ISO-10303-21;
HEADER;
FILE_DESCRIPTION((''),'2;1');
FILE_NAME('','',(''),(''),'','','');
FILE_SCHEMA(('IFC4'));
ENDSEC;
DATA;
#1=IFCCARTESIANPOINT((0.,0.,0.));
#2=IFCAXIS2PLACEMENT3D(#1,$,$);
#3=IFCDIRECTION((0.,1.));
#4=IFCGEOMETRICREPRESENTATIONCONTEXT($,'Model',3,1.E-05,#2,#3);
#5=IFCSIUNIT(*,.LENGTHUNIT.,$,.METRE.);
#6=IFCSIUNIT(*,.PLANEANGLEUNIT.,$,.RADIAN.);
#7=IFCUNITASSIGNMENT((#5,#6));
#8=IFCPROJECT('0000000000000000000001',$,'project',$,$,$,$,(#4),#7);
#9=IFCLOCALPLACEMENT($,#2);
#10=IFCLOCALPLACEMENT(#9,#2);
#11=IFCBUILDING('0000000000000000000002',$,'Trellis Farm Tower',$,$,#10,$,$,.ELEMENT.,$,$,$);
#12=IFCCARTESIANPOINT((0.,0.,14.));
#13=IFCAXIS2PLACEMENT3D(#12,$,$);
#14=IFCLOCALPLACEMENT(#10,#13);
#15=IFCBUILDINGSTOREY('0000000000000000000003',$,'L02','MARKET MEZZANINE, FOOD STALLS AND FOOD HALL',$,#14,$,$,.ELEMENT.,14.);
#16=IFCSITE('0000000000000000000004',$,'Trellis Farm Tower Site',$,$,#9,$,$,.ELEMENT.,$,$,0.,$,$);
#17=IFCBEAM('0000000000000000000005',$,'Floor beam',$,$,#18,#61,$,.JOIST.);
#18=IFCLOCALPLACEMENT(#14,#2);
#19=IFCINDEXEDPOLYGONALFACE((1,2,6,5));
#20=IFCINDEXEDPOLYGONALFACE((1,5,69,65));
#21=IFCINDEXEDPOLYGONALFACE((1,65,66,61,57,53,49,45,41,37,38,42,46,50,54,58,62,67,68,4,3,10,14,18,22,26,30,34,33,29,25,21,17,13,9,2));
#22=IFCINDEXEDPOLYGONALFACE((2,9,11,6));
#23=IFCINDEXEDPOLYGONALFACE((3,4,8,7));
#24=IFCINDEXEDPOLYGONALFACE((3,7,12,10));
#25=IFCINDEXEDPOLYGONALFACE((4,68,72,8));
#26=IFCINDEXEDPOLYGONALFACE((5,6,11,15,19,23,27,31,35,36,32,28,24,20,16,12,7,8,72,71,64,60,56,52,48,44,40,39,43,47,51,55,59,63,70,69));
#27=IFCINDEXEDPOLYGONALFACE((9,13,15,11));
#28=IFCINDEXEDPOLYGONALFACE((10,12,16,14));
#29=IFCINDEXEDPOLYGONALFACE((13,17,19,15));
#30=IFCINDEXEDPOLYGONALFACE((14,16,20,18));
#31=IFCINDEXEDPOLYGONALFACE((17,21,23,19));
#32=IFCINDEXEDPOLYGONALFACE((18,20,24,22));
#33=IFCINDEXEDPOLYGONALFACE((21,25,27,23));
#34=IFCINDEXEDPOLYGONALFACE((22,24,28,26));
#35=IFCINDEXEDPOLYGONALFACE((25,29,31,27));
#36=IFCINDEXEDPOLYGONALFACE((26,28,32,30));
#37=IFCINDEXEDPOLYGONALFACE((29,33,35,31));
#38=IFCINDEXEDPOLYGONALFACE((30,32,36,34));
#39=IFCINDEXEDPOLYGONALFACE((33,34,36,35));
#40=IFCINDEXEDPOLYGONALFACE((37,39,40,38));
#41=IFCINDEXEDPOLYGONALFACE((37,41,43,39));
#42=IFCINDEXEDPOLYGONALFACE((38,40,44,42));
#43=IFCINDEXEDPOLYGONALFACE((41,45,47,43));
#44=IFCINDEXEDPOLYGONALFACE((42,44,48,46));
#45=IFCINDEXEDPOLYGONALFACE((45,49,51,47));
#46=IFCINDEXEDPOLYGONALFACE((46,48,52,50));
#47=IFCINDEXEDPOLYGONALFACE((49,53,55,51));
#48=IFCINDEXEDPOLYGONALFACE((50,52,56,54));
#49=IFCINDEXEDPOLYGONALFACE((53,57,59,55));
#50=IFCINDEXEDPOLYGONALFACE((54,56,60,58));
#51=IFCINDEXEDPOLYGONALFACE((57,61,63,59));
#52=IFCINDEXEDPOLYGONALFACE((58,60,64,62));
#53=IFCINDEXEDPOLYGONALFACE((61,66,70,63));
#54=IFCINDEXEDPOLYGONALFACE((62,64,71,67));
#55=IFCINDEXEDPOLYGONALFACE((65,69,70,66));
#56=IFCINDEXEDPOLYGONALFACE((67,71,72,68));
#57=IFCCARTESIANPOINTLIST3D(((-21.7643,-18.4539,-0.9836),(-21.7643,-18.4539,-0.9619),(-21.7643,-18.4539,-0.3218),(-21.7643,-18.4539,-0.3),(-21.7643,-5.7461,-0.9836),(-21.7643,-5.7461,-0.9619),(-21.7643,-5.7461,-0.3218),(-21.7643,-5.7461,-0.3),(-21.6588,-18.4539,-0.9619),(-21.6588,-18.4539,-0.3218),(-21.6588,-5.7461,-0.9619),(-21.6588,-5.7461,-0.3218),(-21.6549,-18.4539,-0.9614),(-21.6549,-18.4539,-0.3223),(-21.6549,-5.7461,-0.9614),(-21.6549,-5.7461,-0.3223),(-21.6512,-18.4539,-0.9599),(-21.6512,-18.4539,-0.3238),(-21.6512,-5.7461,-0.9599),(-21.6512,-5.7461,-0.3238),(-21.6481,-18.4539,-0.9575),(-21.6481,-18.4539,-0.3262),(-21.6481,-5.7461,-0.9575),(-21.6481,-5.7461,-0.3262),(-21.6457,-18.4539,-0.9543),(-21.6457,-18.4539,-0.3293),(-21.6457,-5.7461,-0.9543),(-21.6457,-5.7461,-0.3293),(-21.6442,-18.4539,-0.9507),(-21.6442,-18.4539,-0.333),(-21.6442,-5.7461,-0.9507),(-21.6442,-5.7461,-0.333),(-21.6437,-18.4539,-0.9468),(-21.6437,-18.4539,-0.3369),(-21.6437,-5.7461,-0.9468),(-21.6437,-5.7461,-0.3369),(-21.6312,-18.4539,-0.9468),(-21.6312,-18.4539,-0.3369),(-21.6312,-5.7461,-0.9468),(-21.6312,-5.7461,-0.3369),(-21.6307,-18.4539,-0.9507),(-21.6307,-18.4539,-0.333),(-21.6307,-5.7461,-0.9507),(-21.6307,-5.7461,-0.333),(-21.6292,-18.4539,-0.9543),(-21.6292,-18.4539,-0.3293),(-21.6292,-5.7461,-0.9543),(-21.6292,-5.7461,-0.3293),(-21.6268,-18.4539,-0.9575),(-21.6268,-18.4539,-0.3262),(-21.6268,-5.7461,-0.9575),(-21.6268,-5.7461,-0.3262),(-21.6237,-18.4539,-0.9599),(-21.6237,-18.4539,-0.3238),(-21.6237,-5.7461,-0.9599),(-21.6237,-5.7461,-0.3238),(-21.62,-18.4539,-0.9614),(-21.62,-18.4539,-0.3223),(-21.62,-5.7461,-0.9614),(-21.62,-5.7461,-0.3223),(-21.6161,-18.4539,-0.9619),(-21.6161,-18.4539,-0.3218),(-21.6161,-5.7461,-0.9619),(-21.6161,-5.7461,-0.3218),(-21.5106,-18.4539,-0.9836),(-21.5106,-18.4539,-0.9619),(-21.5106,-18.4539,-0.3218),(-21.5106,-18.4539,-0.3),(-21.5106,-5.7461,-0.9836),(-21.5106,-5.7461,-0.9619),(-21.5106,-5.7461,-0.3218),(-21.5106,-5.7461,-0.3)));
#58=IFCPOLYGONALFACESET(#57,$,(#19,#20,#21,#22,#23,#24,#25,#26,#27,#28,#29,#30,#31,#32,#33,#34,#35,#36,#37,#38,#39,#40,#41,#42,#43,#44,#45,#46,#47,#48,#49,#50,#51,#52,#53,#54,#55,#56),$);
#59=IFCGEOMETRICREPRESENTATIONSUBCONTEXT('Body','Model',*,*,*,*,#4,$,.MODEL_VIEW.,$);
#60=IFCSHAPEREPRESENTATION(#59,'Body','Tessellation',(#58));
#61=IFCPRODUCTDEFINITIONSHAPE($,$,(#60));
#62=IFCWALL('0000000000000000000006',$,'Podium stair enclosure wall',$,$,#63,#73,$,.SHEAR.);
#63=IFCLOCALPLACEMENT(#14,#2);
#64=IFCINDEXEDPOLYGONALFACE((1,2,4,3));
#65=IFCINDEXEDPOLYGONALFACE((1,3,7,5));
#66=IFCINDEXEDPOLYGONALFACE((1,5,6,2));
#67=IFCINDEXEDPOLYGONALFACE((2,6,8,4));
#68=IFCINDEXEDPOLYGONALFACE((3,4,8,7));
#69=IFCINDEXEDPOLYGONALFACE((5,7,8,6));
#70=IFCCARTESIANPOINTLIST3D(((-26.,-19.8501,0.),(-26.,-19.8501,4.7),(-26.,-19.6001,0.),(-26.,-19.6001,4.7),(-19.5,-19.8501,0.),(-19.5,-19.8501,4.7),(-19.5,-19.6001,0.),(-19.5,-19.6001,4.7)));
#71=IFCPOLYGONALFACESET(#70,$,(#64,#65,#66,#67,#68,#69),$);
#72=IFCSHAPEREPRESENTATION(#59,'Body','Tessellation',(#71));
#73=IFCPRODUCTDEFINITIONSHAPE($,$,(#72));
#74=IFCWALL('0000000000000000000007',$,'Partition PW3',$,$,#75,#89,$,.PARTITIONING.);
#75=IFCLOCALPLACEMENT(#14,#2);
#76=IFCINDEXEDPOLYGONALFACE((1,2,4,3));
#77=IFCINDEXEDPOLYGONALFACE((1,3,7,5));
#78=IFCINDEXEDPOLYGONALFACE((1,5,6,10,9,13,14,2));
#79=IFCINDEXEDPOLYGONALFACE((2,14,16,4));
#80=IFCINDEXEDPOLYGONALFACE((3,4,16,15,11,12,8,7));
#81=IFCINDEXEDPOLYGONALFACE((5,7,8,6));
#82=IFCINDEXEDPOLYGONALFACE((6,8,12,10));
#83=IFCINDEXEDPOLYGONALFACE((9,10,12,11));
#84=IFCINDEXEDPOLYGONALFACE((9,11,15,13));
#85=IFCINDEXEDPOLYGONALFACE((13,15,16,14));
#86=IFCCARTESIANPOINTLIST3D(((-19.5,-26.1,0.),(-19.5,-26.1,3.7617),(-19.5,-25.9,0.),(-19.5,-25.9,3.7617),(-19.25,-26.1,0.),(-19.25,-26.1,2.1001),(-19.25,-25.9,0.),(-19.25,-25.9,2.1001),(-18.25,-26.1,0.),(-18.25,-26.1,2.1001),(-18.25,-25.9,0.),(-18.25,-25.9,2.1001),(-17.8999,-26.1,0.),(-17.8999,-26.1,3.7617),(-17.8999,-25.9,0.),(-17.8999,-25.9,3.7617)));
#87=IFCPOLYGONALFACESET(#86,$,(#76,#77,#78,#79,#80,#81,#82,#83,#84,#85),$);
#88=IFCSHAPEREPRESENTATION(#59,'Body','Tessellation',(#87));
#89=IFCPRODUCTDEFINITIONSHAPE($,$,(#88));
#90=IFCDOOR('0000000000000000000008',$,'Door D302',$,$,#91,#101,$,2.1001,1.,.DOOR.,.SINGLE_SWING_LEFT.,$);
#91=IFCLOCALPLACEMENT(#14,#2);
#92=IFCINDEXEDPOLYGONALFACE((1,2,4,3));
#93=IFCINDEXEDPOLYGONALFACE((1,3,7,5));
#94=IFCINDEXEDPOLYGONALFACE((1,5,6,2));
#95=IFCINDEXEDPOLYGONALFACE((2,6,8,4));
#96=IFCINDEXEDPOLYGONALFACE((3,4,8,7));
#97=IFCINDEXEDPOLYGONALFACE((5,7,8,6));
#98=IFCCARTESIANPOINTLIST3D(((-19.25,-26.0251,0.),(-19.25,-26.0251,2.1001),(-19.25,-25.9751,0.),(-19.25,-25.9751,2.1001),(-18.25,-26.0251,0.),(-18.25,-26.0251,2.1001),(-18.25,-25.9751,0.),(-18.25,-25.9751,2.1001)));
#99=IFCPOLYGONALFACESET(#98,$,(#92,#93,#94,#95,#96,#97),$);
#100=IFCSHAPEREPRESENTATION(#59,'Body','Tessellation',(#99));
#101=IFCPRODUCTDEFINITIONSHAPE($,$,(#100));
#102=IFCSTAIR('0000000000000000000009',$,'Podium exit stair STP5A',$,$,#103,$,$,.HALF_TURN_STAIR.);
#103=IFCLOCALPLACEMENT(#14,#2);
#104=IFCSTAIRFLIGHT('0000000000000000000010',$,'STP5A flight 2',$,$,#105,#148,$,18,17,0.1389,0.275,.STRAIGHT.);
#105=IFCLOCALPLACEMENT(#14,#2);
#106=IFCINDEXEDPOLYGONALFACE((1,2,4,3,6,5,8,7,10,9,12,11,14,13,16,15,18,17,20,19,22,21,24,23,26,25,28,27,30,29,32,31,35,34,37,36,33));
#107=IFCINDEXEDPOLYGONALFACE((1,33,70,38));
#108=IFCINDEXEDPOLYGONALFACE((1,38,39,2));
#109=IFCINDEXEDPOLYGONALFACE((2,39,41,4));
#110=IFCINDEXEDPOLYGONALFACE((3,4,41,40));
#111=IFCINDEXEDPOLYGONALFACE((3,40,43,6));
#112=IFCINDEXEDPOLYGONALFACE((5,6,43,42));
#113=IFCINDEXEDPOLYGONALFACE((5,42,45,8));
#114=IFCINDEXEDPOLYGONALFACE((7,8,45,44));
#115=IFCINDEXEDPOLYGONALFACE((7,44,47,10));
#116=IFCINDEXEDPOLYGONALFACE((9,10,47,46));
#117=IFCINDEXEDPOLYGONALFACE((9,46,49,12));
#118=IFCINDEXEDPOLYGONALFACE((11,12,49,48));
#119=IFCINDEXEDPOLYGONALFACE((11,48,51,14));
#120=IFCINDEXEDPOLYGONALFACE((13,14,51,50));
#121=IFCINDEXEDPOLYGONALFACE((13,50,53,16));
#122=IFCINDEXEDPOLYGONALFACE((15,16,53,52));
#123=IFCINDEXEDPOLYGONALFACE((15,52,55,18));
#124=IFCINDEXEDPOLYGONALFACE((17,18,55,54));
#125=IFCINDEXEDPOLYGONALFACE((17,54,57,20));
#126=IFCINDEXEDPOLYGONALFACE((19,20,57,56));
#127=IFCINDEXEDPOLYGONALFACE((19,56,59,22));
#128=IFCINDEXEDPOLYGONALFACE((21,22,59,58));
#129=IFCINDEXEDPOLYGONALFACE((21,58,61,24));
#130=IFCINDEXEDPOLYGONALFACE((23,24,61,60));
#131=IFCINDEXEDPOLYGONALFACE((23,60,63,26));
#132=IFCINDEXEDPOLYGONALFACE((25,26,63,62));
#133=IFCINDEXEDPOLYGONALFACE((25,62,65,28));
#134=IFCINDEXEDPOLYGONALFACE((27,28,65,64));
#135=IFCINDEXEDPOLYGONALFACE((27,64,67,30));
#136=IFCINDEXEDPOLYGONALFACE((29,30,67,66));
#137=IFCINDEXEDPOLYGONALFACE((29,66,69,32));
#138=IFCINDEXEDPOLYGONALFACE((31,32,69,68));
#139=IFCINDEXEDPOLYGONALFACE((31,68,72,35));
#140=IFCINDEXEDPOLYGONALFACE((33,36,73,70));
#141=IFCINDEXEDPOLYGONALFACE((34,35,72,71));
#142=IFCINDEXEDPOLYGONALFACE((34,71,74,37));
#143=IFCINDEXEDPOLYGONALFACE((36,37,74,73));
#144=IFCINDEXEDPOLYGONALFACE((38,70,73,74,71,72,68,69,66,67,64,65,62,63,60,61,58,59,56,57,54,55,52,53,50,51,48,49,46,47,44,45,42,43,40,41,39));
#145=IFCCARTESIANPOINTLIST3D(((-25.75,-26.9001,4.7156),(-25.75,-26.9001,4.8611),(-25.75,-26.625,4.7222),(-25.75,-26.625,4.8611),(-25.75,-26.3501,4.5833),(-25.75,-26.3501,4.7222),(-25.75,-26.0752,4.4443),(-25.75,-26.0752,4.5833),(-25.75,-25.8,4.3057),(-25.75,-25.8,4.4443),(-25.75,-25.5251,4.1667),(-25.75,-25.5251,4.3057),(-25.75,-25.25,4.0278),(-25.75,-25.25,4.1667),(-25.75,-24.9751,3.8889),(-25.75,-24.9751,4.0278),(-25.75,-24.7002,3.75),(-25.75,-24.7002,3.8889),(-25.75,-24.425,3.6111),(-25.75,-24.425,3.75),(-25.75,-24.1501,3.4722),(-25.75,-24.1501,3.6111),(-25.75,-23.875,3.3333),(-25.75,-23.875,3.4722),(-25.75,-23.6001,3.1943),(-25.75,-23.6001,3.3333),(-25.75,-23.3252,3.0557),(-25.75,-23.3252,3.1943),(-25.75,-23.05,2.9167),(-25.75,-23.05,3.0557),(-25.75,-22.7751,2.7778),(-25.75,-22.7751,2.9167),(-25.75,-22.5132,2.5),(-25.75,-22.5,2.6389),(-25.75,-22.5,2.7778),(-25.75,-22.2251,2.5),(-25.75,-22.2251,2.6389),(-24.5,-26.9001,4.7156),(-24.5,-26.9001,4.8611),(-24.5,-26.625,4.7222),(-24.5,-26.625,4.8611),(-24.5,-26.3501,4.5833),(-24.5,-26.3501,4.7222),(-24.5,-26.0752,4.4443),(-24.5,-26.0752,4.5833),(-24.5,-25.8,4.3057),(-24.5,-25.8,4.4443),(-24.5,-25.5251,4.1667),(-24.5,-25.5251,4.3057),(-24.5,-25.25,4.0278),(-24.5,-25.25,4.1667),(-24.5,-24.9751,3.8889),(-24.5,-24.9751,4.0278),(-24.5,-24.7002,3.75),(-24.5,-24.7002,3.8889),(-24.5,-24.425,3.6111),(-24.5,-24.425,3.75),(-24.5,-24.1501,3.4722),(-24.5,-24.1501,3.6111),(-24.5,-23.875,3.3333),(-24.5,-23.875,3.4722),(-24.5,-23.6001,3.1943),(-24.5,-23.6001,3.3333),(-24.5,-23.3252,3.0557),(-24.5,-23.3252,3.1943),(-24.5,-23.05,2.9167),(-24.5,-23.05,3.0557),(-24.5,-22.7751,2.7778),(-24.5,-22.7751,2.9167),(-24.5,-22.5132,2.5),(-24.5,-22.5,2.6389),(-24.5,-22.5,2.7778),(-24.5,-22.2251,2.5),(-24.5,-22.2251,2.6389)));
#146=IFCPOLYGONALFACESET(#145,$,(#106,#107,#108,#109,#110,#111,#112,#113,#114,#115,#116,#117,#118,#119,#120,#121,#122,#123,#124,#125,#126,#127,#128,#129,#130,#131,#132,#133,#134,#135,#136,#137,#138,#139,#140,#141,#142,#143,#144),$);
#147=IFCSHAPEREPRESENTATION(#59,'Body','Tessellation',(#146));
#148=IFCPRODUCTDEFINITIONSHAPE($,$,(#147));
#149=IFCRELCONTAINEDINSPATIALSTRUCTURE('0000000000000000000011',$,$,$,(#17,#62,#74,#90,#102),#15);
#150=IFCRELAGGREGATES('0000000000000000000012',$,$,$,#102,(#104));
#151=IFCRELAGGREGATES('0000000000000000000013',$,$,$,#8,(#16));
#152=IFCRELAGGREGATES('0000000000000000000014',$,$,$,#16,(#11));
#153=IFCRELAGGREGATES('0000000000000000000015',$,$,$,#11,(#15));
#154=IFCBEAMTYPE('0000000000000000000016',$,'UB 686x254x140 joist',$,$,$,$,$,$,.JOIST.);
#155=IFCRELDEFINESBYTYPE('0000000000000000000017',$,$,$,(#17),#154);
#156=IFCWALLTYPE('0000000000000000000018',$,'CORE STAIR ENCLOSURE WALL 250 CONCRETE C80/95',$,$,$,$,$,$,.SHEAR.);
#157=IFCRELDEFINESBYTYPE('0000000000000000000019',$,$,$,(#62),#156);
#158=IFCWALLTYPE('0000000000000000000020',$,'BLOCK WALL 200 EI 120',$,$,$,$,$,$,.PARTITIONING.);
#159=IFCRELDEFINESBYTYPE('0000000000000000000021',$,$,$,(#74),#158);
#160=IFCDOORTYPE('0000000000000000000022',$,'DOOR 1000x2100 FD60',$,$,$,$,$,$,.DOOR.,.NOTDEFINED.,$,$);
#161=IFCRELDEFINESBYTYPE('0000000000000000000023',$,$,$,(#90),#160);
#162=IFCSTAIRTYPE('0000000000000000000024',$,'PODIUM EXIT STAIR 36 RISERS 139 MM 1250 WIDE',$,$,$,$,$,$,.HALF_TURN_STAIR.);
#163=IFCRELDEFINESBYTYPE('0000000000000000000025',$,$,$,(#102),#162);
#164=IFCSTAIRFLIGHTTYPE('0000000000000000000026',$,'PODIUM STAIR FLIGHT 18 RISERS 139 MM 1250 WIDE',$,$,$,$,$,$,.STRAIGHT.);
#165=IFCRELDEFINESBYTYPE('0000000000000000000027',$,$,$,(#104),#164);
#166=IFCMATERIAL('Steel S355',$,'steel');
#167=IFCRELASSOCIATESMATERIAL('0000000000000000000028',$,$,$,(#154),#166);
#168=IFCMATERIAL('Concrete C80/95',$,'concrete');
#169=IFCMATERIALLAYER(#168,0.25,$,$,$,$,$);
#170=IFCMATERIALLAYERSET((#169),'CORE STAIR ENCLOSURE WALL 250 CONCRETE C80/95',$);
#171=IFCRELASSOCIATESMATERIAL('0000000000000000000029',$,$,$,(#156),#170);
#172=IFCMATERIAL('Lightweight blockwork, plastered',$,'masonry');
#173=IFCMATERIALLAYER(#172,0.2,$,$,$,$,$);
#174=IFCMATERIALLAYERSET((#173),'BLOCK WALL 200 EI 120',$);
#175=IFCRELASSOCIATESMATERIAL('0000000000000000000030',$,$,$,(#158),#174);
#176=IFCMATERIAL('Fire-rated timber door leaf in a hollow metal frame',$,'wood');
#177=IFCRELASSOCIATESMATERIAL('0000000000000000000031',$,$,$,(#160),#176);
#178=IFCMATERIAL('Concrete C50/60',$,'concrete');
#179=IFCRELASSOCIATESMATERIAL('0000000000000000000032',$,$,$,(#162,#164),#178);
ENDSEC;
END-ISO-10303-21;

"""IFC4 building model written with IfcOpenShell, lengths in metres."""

from ifc_helpers import new_model, si_unit, direction, frame, frame_2d, origin, origin_2d, place, context, subcontext, project, spatial, polyline, rectangle, i_section, outline, extrude, source, transform, mapped, material, layer, layer_set, material_profile, profile_set, type_object, element, fill, aggregate, save


model = new_model("IFC4")

# Units and contexts
model_context = context("Model", 3, precision=1e-05, world=origin(), true_north=direction((0.0, 1.0)))
body_context = subcontext(model_context, "Body", "Model", "MODEL_VIEW")
ifc_project = project(units=[si_unit("LENGTHUNIT", "METRE"), si_unit("PLANEANGLEUNIT", "RADIAN")], contexts=[model_context])

# Site, building, storey
site_placement = place(None, origin())
site = spatial("IfcSite", under=ifc_project, at=site_placement, Name="Trellis Farm Tower Site", CompositionType="ELEMENT", RefElevation=0.0)
building_placement = place(site_placement, origin())
building = spatial("IfcBuilding", under=site, at=building_placement, Name="Trellis Farm Tower", CompositionType="ELEMENT")
storey_placement = place(building_placement, frame((0.0, 0.0, 14.0)))
storey = spatial("IfcBuildingStorey", under=building, at=storey_placement, Name="L02", Description="MARKET MEZZANINE, FOOD STALLS AND FOOD HALL", CompositionType="ELEMENT", Elevation=14.0)

# Beam
ifc_material_1 = material(Name="Steel S355", Category="steel")
ifc_material_profile_1 = material_profile(ifc_material_1, i_section(OverallWidth=0.2537, OverallDepth=0.6836, WebThickness=0.0125, FlangeThickness=0.0217, FilletRadius=0.0151, at=origin_2d()), Name="UB 686x254x140")
ifc_profile_set_1 = profile_set([ifc_material_profile_1], Name="Steel S355")
beam_type_1 = type_object("IfcBeamType", Name="UB 686x254x140 joist", PredefinedType="JOIST", material=ifc_profile_set_1)
shared_shape_1 = source(origin(), body_context, "Body", "SweptSolid", [
    extrude(i_section(OverallWidth=0.2537, OverallDepth=0.6836, WebThickness=0.0125, FlangeThickness=0.0217, FilletRadius=0.0151, at=origin_2d()), origin(), (0.0, 0.0, 1.0), 12.7078),
])
for number, where, z_axis, x_axis, name in (
    (1, (-21.6375, -18.4539, -0.6418), (0.0, 1.0, 0.0), (-1.0, 0.0, 0.0), "Floor beam"),
):
    element("IfcBeam", number, at=place(storey_placement, frame(where, z_axis=z_axis, x_axis=x_axis)), inside=storey, type_object=beam_type_1, Name=name, PredefinedType="JOIST", context=body_context, shape_type="MappedRepresentation", body=[
        mapped(shared_shape_1, transform((0.0, 0.0, 0.0))),
    ])

# Wall
ifc_material_2 = material(Name="Concrete C80/95", Category="concrete")
ifc_layer_1 = layer(ifc_material_2, 0.25)
ifc_layer_set_1 = layer_set([ifc_layer_1], Name="CORE STAIR ENCLOSURE WALL 250 CONCRETE C80/95")
wall_type_1 = type_object("IfcWallType", Name="CORE STAIR ENCLOSURE WALL 250 CONCRETE C80/95", PredefinedType="SHEAR", material=ifc_layer_set_1)
shared_shape_2 = source(origin(), body_context, "Body", "SweptSolid", [
    extrude(rectangle(XDim=6.5, YDim=0.25, at=frame_2d((3.25, 0.0))), origin(), (0.0, 0.0, 1.0), 4.7),
])
wall_1_placement = place(storey_placement, frame((-26.0, -19.7251, 0.0), z_axis=(0.0, 0.0, 1.0), x_axis=(1.0, 0.0, 0.0)))
element("IfcWall", 2, at=wall_1_placement, inside=storey, type_object=wall_type_1, Name="Podium stair enclosure wall", PredefinedType="SHEAR", context=body_context, shape_type="MappedRepresentation", body=[
    mapped(shared_shape_2, transform((0.0, 0.0, 0.0))),
])

# Wall, opening, door
ifc_material_3 = material(Name="Lightweight blockwork, plastered", Category="masonry")
ifc_layer_2 = layer(ifc_material_3, 0.2)
ifc_layer_set_2 = layer_set([ifc_layer_2], Name="BLOCK WALL 200 EI 120")
wall_type_2 = type_object("IfcWallType", Name="BLOCK WALL 200 EI 120", PredefinedType="PARTITIONING", material=ifc_layer_set_2)
shared_shape_3 = source(origin(), body_context, "Body", "SweptSolid", [
    extrude(rectangle(XDim=1.6001, YDim=0.2, at=frame_2d((0.8, 0.0))), origin(), (0.0, 0.0, 1.0), 3.7617),
])
wall_2_placement = place(storey_placement, frame((-19.5, -26.0, 0.0), z_axis=(0.0, 0.0, 1.0), x_axis=(1.0, 0.0, 0.0)))
wall_2 = element("IfcWall", 3, at=wall_2_placement, inside=storey, type_object=wall_type_2, Name="Partition PW3", PredefinedType="PARTITIONING", context=body_context, shape_type="MappedRepresentation", body=[
    mapped(shared_shape_3, transform((0.0, 0.0, 0.0))),
])
shared_shape_4 = source(origin(), body_context, "Body", "SweptSolid", [
    extrude(rectangle(XDim=1.0, YDim=2.1001, at=frame_2d((0.5, 1.05))), frame((0.0, 0.1101, 0.0), z_axis=(0.0, -1.0, 0.0), x_axis=(1.0, 0.0, 0.0)), (0.0, 0.0, 1.0), 0.2202),
])
opening_placement = place(wall_2_placement, frame((0.25, 0.0, 0.0)))
opening = element("IfcOpeningElement", 4, at=opening_placement, cuts=wall_2, PredefinedType="OPENING", context=body_context, shape_type="MappedRepresentation", body=[
    mapped(shared_shape_4, transform((0.0, 0.0, 0.0))),
])
ifc_material_4 = material(Name="Fire-rated timber door leaf in a hollow metal frame", Category="wood")
door_type = type_object("IfcDoorType", Name="DOOR 1000x2100 FD60", OperationType="NOTDEFINED", PredefinedType="DOOR", material=ifc_material_4)
shared_shape_5 = source(origin(), body_context, "Body", "SweptSolid", [
    extrude(rectangle(XDim=1.0, YDim=2.1001, at=frame_2d((0.5, 1.05))), frame((0.0, 0.0249, 0.0), z_axis=(0.0, -1.0, 0.0), x_axis=(1.0, 0.0, 0.0)), (0.0, 0.0, 1.0), 0.05),
])
door_placement = place(opening_placement, origin())
door = element("IfcDoor", 5, at=door_placement, inside=storey, type_object=door_type, Name="Door D302", OperationType="SINGLE_SWING_LEFT", OverallHeight=2.1001, OverallWidth=1.0, PredefinedType="DOOR", context=body_context, shape_type="MappedRepresentation", body=[
    mapped(shared_shape_5, transform((0.0, 0.0, 0.0))),
])
fill(opening, door)

# Stair, stair flight
ifc_material_5 = material(Name="Concrete C50/60", Category="concrete")
stair_type = type_object("IfcStairType", Name="PODIUM EXIT STAIR 36 RISERS 139 MM 1250 WIDE", PredefinedType="HALF_TURN_STAIR", material=ifc_material_5)
placement = place(storey_placement, origin())
stair_1 = element("IfcStair", 6, at=placement, inside=storey, type_object=stair_type, Name="Podium exit stair STP5A", PredefinedType="HALF_TURN_STAIR")
stair_flight_type = type_object("IfcStairFlightType", Name="PODIUM STAIR FLIGHT 18 RISERS 139 MM 1250 WIDE", PredefinedType="STRAIGHT", material=ifc_material_5)
shared_shape_6 = source(origin(), body_context, "Body", "SweptSolid", [
    extrude(outline(polyline([(0.0, 0.0), (0.0, 0.1389), (0.2749, 0.1389), (0.2749, 0.2778), (0.55, 0.2778), (0.55, 0.4167), (0.825, 0.4167), (0.825, 0.5557), (1.1001, 0.5557), (1.1001, 0.6943), (1.375, 0.6943), (1.375, 0.8333), (1.6499, 0.8333), (1.6499, 0.9722), (1.925, 0.9722), (1.925, 1.1111), (2.2, 1.1111), (2.2, 1.25), (2.4751, 1.25), (2.4751, 1.3889), (2.75, 1.3889), (2.75, 1.5278), (3.0249, 1.5278), (3.0249, 1.6667), (3.3, 1.6667), (3.3, 1.8057), (3.575, 1.8057), (3.575, 1.9443), (3.8501, 1.9443), (3.8501, 2.0833), (4.125, 2.0833), (4.125, 2.2222), (4.3999, 2.2222), (4.3999, 2.3611), (4.675, 2.3611), (4.675, 2.5), (4.675, 2.2156), (0.2881, 0.0), (0.0, 0.0)])), frame((0.0, 0.625, 0.0), z_axis=(0.0, -1.0, 0.0), x_axis=(1.0, 0.0, 0.0)), (0.0, 0.0, 1.0), 1.25),
])
stair_flight_1_placement = place(storey_placement, frame((-25.125, -22.2251, 2.5), z_axis=(0.0, 0.0, 1.0), x_axis=(0.0, -1.0, 0.0)))
stair_flight_1 = element("IfcStairFlight", 7, at=stair_flight_1_placement, type_object=stair_flight_type, Name="STP5A flight 2", NumberOfRisers=18, NumberOfTreads=17, PredefinedType="STRAIGHT", RiserHeight=0.1389, TreadLength=0.275, context=body_context, shape_type="MappedRepresentation", body=[
    mapped(shared_shape_6, transform((0.0, 0.0, 0.0))),
])
aggregate(stair_1, [stair_flight_1])

save(model, "model.ifc")
